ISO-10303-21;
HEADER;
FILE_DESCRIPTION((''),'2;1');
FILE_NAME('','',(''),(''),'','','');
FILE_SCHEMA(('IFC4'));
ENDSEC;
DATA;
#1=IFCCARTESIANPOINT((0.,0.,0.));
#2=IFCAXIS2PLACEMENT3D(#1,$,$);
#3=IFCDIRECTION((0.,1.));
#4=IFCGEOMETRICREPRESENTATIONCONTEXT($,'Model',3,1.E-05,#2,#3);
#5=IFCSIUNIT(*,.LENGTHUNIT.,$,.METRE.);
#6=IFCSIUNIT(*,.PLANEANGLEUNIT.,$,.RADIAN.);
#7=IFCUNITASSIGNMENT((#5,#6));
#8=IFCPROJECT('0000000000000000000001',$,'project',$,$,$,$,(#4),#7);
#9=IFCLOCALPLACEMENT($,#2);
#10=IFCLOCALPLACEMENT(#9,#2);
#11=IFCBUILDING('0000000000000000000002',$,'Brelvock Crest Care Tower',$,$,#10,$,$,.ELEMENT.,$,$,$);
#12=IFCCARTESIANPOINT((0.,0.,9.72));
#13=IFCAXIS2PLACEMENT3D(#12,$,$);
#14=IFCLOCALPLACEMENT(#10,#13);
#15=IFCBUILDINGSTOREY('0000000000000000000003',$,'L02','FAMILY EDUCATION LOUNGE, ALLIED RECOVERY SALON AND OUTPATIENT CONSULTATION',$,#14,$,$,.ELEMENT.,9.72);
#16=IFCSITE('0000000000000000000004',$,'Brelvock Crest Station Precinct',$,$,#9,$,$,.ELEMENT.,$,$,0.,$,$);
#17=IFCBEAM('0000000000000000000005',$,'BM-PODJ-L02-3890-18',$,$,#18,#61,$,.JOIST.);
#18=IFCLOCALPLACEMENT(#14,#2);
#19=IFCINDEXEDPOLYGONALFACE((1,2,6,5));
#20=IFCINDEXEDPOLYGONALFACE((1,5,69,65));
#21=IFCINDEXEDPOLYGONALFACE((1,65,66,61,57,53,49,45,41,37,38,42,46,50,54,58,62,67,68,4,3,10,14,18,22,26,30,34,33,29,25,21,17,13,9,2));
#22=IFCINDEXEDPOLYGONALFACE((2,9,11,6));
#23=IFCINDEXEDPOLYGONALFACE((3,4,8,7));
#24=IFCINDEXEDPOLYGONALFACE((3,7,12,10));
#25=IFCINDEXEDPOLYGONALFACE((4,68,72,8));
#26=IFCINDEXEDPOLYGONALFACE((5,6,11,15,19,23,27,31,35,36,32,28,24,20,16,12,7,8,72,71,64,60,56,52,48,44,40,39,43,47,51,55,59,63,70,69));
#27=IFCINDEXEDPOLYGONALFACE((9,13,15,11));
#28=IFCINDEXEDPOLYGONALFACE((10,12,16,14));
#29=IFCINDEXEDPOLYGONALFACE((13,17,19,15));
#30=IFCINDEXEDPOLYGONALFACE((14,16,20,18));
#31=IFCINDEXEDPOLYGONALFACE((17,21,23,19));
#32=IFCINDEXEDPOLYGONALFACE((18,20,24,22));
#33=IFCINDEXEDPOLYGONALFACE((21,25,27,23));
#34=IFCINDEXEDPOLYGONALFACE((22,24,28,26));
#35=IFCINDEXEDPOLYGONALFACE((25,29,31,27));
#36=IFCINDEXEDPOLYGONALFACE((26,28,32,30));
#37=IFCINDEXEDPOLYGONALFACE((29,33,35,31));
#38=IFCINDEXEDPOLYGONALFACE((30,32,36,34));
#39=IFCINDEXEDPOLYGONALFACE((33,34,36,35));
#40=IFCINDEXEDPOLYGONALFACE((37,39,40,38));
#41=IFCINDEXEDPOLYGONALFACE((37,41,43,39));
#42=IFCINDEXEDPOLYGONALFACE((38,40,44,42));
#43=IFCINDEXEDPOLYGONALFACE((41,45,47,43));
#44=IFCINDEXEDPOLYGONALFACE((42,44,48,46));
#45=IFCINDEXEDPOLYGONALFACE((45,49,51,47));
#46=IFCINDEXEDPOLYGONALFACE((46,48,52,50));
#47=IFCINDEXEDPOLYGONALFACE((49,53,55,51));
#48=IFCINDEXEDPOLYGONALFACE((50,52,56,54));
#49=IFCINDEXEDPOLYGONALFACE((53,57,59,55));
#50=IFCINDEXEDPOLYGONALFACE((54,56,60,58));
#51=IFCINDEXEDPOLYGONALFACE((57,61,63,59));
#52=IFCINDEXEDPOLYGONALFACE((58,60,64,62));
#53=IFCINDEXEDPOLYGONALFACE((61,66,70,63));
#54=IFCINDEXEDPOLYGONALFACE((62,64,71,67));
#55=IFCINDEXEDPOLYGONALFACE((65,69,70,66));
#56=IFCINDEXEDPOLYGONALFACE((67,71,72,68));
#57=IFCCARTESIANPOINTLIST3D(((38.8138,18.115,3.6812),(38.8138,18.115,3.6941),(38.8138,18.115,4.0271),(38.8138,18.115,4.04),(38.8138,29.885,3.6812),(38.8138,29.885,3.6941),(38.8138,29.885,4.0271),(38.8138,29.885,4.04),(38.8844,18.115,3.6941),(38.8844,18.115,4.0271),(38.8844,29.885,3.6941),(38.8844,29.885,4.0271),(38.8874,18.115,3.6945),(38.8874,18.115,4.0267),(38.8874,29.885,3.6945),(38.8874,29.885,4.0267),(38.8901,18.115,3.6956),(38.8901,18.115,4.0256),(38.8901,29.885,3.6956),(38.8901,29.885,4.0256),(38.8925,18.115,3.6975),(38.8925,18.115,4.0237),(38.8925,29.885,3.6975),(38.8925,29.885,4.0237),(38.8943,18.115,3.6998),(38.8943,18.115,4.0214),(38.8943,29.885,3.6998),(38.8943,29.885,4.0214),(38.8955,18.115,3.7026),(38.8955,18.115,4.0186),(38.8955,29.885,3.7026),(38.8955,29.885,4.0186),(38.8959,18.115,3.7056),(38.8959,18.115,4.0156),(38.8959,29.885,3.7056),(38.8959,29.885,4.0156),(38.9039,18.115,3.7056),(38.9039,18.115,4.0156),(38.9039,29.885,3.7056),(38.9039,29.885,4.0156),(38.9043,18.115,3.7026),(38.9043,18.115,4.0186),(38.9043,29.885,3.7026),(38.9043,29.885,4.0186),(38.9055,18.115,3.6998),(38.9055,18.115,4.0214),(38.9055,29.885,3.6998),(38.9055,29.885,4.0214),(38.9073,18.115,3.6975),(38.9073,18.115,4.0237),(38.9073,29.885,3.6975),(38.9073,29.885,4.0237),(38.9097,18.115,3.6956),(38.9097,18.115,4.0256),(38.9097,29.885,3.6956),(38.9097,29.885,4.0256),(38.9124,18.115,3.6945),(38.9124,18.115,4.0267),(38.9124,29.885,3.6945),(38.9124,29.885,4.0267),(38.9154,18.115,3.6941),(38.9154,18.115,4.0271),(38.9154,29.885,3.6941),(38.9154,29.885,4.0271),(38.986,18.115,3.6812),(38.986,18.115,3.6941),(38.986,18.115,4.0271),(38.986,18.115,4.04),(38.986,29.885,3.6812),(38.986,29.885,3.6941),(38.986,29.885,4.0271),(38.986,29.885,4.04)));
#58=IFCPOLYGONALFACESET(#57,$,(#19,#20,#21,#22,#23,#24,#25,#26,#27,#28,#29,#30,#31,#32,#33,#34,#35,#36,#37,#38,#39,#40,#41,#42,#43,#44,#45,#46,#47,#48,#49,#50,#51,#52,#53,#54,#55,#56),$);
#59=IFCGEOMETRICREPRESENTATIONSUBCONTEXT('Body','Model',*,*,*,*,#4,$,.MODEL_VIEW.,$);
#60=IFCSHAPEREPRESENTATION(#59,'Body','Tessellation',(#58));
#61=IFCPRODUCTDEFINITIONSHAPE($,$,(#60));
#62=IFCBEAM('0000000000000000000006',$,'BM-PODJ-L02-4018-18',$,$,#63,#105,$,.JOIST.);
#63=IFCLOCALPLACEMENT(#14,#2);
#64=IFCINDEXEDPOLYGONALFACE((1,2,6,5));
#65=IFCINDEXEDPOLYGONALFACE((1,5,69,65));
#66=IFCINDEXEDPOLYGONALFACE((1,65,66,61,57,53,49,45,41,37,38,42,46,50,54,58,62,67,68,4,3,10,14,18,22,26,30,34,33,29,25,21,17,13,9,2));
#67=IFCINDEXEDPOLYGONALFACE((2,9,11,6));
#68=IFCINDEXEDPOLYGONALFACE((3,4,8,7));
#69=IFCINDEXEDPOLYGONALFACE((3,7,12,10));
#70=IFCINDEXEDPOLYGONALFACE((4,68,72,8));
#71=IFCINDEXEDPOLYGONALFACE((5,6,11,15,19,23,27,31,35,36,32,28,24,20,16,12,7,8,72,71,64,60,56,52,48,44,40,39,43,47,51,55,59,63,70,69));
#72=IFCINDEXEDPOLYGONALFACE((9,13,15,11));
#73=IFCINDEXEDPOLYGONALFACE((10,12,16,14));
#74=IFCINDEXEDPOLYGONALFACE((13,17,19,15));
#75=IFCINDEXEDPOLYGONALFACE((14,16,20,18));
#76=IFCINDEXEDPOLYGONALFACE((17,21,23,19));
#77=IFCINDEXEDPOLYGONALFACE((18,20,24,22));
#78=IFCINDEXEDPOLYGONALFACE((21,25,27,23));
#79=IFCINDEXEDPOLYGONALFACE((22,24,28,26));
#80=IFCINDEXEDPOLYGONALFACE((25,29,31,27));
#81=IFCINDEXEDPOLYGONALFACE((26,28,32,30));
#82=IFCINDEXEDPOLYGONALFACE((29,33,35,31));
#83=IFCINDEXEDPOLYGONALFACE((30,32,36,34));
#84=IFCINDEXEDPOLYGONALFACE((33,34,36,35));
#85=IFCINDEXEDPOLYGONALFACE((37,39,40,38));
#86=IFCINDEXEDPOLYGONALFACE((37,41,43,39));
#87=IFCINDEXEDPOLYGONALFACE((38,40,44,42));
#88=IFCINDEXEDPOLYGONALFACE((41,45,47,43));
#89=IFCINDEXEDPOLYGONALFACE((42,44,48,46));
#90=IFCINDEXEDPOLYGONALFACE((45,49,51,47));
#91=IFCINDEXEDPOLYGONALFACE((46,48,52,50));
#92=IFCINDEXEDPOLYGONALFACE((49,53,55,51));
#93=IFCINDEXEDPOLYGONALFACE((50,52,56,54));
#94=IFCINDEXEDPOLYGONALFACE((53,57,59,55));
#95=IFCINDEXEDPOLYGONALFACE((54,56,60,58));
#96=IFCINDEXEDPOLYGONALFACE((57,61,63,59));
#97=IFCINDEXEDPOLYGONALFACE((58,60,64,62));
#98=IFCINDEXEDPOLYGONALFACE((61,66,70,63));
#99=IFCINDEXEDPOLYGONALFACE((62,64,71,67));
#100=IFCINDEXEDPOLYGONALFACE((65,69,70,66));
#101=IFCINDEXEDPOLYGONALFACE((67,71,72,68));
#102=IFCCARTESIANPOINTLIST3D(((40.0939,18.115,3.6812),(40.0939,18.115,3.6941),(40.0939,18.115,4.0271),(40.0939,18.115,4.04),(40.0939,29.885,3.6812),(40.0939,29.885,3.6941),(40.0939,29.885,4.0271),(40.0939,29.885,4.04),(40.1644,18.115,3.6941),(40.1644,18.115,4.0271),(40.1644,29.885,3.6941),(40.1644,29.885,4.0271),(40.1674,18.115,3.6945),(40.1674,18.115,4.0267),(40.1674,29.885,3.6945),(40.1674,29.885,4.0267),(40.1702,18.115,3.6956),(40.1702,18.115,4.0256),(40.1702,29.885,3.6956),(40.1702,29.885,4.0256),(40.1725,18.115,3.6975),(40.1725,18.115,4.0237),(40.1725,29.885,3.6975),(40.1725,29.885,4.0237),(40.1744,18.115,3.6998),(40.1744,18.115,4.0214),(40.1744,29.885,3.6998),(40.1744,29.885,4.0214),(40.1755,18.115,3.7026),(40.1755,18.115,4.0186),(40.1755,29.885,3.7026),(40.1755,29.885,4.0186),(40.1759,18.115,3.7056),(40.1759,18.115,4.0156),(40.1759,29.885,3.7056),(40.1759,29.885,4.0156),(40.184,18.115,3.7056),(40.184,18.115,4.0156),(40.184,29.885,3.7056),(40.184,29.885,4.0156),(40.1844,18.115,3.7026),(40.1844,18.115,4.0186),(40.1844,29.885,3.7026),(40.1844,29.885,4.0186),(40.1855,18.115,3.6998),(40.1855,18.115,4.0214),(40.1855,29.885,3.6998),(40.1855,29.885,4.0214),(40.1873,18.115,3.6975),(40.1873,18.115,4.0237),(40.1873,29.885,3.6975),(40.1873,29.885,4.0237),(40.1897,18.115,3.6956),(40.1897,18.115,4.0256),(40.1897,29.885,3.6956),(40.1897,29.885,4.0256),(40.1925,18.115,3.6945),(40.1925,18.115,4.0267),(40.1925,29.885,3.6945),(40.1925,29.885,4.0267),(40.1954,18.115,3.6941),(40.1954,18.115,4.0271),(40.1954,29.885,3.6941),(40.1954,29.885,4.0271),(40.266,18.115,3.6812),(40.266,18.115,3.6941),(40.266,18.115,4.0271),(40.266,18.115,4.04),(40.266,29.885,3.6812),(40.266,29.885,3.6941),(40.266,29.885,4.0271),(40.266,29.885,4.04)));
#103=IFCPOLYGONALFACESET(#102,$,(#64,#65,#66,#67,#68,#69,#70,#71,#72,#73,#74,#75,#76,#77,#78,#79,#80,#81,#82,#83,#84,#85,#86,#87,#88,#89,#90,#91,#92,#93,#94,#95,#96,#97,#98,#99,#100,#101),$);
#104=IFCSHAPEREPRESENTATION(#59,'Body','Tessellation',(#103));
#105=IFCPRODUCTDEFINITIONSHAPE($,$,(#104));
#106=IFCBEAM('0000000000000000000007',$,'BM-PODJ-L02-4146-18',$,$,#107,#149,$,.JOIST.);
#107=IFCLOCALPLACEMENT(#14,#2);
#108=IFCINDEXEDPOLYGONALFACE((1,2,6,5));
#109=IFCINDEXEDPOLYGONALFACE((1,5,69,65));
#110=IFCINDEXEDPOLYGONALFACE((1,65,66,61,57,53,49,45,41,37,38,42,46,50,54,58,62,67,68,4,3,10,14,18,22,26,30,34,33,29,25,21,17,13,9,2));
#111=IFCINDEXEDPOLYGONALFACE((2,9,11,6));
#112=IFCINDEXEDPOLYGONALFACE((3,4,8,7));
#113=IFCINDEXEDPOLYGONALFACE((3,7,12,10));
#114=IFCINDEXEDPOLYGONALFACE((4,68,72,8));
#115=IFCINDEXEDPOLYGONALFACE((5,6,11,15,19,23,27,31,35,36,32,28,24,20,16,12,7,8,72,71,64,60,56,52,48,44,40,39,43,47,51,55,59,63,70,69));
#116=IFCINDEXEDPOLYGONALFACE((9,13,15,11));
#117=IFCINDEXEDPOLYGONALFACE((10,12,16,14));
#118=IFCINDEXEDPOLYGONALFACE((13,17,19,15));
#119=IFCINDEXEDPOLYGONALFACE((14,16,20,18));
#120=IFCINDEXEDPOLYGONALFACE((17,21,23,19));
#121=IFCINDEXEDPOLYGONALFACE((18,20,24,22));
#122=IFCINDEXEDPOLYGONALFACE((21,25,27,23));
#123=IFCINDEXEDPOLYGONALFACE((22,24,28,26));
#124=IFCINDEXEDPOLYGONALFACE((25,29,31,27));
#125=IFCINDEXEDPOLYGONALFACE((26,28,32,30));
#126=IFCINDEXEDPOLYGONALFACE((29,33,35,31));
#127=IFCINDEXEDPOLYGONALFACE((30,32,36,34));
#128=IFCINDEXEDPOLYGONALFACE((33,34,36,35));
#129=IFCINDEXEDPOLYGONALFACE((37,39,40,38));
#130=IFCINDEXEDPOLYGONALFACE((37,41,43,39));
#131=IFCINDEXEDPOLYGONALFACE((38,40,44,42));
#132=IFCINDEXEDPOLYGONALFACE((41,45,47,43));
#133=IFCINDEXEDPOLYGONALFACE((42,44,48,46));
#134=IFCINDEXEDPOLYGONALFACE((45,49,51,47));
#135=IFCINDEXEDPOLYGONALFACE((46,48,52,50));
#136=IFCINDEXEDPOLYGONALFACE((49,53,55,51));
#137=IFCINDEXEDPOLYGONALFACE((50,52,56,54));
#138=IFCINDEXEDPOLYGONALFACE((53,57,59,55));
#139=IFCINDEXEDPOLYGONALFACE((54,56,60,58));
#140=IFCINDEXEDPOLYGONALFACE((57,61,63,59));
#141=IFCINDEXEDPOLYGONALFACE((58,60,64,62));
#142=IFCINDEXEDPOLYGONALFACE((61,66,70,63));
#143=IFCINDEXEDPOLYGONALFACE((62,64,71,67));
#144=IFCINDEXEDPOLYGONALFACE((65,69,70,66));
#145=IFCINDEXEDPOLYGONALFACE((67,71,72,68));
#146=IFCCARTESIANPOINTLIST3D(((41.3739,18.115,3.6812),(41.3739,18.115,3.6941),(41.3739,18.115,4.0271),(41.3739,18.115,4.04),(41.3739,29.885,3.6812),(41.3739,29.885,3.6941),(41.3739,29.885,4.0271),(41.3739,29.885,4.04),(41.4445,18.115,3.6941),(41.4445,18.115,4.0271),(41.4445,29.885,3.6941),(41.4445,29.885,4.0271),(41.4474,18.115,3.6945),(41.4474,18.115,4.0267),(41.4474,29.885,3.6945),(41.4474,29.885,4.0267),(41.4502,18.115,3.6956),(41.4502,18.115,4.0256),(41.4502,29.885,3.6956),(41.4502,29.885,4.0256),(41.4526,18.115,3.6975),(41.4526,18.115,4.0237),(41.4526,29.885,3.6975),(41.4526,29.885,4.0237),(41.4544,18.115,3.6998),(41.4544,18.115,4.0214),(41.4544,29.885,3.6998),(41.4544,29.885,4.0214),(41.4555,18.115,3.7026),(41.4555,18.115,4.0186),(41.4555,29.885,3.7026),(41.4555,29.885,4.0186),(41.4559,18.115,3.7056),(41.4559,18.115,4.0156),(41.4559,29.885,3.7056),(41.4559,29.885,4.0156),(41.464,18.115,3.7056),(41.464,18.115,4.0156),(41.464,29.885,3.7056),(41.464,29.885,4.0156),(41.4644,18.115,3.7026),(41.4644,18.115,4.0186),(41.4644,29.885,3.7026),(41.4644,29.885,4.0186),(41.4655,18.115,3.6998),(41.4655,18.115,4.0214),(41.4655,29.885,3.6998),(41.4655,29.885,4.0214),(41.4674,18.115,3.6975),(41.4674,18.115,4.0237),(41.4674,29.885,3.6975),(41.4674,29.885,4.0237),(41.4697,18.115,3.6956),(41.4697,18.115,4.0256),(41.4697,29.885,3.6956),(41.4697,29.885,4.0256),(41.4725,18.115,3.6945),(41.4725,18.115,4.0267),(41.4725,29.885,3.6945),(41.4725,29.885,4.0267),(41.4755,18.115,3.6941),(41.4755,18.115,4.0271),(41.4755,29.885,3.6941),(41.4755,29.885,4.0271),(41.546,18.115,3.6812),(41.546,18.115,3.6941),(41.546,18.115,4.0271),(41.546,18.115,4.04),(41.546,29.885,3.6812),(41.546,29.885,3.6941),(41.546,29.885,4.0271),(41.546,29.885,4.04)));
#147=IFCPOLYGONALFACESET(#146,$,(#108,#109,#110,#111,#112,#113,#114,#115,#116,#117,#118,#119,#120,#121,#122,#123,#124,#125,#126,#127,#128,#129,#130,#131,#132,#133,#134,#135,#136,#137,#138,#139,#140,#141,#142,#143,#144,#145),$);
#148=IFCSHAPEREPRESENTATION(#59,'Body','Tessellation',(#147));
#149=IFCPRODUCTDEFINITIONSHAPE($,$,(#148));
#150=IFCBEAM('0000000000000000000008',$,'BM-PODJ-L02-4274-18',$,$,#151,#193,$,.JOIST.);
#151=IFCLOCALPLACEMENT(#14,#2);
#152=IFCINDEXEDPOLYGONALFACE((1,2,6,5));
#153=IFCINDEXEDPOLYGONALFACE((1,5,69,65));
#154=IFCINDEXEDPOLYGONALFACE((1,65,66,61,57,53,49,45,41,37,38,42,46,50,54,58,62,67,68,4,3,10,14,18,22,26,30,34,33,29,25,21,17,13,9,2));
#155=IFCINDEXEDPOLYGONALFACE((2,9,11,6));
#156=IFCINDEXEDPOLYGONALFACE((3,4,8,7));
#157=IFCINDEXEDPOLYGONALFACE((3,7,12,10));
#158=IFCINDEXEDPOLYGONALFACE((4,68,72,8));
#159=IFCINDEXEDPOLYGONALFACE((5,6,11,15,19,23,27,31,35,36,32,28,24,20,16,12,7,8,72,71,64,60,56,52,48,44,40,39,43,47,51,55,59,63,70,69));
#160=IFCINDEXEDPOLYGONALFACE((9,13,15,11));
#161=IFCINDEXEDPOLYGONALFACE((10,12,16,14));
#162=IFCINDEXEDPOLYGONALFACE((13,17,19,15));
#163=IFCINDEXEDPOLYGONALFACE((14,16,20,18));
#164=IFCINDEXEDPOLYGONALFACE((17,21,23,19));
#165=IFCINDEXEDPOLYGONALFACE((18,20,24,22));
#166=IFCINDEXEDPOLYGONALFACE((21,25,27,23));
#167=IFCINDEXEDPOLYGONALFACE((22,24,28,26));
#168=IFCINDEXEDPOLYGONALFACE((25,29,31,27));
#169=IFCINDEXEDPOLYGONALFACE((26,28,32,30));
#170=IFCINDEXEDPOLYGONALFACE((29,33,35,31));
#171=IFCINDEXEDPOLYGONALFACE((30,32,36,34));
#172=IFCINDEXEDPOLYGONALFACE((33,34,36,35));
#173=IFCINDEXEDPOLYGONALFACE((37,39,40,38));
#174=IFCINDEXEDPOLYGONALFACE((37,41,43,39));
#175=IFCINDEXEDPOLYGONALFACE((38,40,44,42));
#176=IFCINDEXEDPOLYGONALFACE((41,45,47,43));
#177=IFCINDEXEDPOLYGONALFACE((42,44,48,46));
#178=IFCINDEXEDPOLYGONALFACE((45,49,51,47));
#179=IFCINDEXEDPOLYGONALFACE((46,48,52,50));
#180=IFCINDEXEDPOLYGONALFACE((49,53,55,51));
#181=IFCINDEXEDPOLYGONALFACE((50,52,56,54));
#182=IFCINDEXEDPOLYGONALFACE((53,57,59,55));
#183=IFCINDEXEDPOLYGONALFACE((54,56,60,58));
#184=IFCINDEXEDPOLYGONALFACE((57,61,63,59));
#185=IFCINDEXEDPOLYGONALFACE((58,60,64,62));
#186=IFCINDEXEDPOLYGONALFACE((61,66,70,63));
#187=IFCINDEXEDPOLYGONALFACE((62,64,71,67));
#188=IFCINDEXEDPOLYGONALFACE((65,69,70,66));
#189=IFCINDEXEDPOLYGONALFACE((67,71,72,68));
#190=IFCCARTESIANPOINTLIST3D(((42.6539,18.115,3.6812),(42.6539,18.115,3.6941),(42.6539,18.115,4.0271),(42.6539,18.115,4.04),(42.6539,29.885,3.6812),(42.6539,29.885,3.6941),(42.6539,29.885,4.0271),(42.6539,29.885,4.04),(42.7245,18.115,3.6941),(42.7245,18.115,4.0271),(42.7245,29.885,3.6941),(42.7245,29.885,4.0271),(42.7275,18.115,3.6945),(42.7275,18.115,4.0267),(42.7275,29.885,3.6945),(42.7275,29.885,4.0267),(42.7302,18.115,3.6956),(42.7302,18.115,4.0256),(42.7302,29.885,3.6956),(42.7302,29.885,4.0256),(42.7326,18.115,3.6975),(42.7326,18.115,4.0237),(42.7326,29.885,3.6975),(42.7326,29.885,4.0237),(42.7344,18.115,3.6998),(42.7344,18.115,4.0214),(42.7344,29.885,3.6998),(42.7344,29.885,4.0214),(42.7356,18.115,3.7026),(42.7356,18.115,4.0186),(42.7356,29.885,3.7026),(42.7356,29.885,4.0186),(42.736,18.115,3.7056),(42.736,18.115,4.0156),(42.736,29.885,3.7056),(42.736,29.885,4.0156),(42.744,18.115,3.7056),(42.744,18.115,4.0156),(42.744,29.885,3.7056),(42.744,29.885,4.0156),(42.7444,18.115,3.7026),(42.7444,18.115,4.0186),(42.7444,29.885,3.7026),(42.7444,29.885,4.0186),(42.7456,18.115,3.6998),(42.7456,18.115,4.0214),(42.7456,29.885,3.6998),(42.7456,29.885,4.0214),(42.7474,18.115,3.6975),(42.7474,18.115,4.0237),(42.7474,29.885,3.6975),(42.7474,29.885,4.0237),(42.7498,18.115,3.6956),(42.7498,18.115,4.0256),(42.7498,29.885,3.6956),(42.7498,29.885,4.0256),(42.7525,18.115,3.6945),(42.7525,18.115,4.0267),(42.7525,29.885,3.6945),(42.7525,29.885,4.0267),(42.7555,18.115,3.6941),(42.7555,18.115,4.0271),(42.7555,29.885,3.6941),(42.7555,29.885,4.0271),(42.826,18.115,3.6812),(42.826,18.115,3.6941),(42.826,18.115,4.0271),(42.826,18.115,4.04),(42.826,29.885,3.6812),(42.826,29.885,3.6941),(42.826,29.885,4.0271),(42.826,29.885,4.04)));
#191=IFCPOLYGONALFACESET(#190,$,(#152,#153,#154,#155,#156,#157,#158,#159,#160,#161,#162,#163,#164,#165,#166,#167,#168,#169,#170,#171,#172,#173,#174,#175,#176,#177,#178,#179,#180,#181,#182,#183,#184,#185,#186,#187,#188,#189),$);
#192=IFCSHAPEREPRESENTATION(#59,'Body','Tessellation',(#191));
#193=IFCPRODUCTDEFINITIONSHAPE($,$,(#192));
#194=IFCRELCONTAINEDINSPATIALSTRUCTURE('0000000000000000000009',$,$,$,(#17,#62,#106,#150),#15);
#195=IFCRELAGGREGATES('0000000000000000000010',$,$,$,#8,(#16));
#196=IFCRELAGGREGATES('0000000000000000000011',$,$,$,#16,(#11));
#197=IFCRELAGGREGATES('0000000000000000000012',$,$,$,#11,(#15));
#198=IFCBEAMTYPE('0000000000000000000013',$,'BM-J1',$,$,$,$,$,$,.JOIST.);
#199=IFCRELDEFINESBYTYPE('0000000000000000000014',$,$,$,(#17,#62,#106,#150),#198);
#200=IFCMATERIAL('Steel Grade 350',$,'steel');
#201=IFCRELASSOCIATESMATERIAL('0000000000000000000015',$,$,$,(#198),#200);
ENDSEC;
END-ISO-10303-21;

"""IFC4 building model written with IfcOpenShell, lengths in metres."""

from ifc_helpers import new_model, si_unit, direction, frame, origin, origin_2d, place, context, subcontext, project, spatial, i_section, extrude, source, transform, mapped, material, material_profile, profile_set, type_object, element, save


model = new_model("IFC4")

# Units and contexts
model_context = context("Model", 3, precision=1e-05, world=origin(), true_north=direction((0.0, 1.0)))
body_context = subcontext(model_context, "Body", "Model", "MODEL_VIEW")
ifc_project = project(units=[si_unit("LENGTHUNIT", "METRE"), si_unit("PLANEANGLEUNIT", "RADIAN")], contexts=[model_context])

# Site, building, storey
site_placement = place(None, origin())
site = spatial("IfcSite", under=ifc_project, at=site_placement, Name="Brelvock Crest Station Precinct", CompositionType="ELEMENT", RefElevation=0.0)
building_placement = place(site_placement, origin())
building = spatial("IfcBuilding", under=site, at=building_placement, Name="Brelvock Crest Care Tower", CompositionType="ELEMENT")
storey_placement = place(building_placement, frame((0.0, 0.0, 9.72)))
storey = spatial("IfcBuildingStorey", under=building, at=storey_placement, Name="L02", Description="FAMILY EDUCATION LOUNGE, ALLIED RECOVERY SALON AND OUTPATIENT CONSULTATION", CompositionType="ELEMENT", Elevation=9.72)

# Beams
ifc_material_1 = material(Name="Steel Grade 350", Category="steel")
ifc_material_profile_1 = material_profile(ifc_material_1, i_section(OverallWidth=0.1721, OverallDepth=0.3589, WebThickness=0.0081, FlangeThickness=0.0129, FilletRadius=0.0115, at=origin_2d()), Name="360UB56.7")
ifc_profile_set_1 = profile_set([ifc_material_profile_1], Name="Steel Grade 350")
beam_type_1 = type_object("IfcBeamType", Name="BM-J1", PredefinedType="JOIST", material=ifc_profile_set_1)
shared_shape_1 = source(origin(), body_context, "Body", "SweptSolid", [
    extrude(i_section(OverallWidth=0.1721, OverallDepth=0.3589, WebThickness=0.0081, FlangeThickness=0.0129, FilletRadius=0.0115, at=origin_2d()), origin(), (0.0, 0.0, 1.0), 11.77),
])
for number, where, z_axis, x_axis, name in (
    (1, (38.8999, 18.115, 3.8606), (0.0, 1.0, 0.0), (-1.0, 0.0, 0.0), "BM-PODJ-L02-3890-18"),
    (2, (40.1799, 18.115, 3.8606), (0.0, 1.0, 0.0), (-1.0, 0.0, 0.0), "BM-PODJ-L02-4018-18"),
    (3, (41.46, 18.115, 3.8606), (0.0, 1.0, 0.0), (-1.0, 0.0, 0.0), "BM-PODJ-L02-4146-18"),
    (4, (42.74, 18.115, 3.8606), (0.0, 1.0, 0.0), (-1.0, 0.0, 0.0), "BM-PODJ-L02-4274-18"),
):
    element("IfcBeam", number, at=place(storey_placement, frame(where, z_axis=z_axis, x_axis=x_axis)), inside=storey, type_object=beam_type_1, Name=name, PredefinedType="JOIST", context=body_context, shape_type="MappedRepresentation", body=[
        mapped(shared_shape_1, transform((0.0, 0.0, 0.0), x_axis=(1.0, 0.0, 0.0), y_axis=(0.0, 1.0, 0.0), z_axis=(0.0, 0.0, 1.0), scale=1.0)),
    ])

save(model, "model.ifc")
